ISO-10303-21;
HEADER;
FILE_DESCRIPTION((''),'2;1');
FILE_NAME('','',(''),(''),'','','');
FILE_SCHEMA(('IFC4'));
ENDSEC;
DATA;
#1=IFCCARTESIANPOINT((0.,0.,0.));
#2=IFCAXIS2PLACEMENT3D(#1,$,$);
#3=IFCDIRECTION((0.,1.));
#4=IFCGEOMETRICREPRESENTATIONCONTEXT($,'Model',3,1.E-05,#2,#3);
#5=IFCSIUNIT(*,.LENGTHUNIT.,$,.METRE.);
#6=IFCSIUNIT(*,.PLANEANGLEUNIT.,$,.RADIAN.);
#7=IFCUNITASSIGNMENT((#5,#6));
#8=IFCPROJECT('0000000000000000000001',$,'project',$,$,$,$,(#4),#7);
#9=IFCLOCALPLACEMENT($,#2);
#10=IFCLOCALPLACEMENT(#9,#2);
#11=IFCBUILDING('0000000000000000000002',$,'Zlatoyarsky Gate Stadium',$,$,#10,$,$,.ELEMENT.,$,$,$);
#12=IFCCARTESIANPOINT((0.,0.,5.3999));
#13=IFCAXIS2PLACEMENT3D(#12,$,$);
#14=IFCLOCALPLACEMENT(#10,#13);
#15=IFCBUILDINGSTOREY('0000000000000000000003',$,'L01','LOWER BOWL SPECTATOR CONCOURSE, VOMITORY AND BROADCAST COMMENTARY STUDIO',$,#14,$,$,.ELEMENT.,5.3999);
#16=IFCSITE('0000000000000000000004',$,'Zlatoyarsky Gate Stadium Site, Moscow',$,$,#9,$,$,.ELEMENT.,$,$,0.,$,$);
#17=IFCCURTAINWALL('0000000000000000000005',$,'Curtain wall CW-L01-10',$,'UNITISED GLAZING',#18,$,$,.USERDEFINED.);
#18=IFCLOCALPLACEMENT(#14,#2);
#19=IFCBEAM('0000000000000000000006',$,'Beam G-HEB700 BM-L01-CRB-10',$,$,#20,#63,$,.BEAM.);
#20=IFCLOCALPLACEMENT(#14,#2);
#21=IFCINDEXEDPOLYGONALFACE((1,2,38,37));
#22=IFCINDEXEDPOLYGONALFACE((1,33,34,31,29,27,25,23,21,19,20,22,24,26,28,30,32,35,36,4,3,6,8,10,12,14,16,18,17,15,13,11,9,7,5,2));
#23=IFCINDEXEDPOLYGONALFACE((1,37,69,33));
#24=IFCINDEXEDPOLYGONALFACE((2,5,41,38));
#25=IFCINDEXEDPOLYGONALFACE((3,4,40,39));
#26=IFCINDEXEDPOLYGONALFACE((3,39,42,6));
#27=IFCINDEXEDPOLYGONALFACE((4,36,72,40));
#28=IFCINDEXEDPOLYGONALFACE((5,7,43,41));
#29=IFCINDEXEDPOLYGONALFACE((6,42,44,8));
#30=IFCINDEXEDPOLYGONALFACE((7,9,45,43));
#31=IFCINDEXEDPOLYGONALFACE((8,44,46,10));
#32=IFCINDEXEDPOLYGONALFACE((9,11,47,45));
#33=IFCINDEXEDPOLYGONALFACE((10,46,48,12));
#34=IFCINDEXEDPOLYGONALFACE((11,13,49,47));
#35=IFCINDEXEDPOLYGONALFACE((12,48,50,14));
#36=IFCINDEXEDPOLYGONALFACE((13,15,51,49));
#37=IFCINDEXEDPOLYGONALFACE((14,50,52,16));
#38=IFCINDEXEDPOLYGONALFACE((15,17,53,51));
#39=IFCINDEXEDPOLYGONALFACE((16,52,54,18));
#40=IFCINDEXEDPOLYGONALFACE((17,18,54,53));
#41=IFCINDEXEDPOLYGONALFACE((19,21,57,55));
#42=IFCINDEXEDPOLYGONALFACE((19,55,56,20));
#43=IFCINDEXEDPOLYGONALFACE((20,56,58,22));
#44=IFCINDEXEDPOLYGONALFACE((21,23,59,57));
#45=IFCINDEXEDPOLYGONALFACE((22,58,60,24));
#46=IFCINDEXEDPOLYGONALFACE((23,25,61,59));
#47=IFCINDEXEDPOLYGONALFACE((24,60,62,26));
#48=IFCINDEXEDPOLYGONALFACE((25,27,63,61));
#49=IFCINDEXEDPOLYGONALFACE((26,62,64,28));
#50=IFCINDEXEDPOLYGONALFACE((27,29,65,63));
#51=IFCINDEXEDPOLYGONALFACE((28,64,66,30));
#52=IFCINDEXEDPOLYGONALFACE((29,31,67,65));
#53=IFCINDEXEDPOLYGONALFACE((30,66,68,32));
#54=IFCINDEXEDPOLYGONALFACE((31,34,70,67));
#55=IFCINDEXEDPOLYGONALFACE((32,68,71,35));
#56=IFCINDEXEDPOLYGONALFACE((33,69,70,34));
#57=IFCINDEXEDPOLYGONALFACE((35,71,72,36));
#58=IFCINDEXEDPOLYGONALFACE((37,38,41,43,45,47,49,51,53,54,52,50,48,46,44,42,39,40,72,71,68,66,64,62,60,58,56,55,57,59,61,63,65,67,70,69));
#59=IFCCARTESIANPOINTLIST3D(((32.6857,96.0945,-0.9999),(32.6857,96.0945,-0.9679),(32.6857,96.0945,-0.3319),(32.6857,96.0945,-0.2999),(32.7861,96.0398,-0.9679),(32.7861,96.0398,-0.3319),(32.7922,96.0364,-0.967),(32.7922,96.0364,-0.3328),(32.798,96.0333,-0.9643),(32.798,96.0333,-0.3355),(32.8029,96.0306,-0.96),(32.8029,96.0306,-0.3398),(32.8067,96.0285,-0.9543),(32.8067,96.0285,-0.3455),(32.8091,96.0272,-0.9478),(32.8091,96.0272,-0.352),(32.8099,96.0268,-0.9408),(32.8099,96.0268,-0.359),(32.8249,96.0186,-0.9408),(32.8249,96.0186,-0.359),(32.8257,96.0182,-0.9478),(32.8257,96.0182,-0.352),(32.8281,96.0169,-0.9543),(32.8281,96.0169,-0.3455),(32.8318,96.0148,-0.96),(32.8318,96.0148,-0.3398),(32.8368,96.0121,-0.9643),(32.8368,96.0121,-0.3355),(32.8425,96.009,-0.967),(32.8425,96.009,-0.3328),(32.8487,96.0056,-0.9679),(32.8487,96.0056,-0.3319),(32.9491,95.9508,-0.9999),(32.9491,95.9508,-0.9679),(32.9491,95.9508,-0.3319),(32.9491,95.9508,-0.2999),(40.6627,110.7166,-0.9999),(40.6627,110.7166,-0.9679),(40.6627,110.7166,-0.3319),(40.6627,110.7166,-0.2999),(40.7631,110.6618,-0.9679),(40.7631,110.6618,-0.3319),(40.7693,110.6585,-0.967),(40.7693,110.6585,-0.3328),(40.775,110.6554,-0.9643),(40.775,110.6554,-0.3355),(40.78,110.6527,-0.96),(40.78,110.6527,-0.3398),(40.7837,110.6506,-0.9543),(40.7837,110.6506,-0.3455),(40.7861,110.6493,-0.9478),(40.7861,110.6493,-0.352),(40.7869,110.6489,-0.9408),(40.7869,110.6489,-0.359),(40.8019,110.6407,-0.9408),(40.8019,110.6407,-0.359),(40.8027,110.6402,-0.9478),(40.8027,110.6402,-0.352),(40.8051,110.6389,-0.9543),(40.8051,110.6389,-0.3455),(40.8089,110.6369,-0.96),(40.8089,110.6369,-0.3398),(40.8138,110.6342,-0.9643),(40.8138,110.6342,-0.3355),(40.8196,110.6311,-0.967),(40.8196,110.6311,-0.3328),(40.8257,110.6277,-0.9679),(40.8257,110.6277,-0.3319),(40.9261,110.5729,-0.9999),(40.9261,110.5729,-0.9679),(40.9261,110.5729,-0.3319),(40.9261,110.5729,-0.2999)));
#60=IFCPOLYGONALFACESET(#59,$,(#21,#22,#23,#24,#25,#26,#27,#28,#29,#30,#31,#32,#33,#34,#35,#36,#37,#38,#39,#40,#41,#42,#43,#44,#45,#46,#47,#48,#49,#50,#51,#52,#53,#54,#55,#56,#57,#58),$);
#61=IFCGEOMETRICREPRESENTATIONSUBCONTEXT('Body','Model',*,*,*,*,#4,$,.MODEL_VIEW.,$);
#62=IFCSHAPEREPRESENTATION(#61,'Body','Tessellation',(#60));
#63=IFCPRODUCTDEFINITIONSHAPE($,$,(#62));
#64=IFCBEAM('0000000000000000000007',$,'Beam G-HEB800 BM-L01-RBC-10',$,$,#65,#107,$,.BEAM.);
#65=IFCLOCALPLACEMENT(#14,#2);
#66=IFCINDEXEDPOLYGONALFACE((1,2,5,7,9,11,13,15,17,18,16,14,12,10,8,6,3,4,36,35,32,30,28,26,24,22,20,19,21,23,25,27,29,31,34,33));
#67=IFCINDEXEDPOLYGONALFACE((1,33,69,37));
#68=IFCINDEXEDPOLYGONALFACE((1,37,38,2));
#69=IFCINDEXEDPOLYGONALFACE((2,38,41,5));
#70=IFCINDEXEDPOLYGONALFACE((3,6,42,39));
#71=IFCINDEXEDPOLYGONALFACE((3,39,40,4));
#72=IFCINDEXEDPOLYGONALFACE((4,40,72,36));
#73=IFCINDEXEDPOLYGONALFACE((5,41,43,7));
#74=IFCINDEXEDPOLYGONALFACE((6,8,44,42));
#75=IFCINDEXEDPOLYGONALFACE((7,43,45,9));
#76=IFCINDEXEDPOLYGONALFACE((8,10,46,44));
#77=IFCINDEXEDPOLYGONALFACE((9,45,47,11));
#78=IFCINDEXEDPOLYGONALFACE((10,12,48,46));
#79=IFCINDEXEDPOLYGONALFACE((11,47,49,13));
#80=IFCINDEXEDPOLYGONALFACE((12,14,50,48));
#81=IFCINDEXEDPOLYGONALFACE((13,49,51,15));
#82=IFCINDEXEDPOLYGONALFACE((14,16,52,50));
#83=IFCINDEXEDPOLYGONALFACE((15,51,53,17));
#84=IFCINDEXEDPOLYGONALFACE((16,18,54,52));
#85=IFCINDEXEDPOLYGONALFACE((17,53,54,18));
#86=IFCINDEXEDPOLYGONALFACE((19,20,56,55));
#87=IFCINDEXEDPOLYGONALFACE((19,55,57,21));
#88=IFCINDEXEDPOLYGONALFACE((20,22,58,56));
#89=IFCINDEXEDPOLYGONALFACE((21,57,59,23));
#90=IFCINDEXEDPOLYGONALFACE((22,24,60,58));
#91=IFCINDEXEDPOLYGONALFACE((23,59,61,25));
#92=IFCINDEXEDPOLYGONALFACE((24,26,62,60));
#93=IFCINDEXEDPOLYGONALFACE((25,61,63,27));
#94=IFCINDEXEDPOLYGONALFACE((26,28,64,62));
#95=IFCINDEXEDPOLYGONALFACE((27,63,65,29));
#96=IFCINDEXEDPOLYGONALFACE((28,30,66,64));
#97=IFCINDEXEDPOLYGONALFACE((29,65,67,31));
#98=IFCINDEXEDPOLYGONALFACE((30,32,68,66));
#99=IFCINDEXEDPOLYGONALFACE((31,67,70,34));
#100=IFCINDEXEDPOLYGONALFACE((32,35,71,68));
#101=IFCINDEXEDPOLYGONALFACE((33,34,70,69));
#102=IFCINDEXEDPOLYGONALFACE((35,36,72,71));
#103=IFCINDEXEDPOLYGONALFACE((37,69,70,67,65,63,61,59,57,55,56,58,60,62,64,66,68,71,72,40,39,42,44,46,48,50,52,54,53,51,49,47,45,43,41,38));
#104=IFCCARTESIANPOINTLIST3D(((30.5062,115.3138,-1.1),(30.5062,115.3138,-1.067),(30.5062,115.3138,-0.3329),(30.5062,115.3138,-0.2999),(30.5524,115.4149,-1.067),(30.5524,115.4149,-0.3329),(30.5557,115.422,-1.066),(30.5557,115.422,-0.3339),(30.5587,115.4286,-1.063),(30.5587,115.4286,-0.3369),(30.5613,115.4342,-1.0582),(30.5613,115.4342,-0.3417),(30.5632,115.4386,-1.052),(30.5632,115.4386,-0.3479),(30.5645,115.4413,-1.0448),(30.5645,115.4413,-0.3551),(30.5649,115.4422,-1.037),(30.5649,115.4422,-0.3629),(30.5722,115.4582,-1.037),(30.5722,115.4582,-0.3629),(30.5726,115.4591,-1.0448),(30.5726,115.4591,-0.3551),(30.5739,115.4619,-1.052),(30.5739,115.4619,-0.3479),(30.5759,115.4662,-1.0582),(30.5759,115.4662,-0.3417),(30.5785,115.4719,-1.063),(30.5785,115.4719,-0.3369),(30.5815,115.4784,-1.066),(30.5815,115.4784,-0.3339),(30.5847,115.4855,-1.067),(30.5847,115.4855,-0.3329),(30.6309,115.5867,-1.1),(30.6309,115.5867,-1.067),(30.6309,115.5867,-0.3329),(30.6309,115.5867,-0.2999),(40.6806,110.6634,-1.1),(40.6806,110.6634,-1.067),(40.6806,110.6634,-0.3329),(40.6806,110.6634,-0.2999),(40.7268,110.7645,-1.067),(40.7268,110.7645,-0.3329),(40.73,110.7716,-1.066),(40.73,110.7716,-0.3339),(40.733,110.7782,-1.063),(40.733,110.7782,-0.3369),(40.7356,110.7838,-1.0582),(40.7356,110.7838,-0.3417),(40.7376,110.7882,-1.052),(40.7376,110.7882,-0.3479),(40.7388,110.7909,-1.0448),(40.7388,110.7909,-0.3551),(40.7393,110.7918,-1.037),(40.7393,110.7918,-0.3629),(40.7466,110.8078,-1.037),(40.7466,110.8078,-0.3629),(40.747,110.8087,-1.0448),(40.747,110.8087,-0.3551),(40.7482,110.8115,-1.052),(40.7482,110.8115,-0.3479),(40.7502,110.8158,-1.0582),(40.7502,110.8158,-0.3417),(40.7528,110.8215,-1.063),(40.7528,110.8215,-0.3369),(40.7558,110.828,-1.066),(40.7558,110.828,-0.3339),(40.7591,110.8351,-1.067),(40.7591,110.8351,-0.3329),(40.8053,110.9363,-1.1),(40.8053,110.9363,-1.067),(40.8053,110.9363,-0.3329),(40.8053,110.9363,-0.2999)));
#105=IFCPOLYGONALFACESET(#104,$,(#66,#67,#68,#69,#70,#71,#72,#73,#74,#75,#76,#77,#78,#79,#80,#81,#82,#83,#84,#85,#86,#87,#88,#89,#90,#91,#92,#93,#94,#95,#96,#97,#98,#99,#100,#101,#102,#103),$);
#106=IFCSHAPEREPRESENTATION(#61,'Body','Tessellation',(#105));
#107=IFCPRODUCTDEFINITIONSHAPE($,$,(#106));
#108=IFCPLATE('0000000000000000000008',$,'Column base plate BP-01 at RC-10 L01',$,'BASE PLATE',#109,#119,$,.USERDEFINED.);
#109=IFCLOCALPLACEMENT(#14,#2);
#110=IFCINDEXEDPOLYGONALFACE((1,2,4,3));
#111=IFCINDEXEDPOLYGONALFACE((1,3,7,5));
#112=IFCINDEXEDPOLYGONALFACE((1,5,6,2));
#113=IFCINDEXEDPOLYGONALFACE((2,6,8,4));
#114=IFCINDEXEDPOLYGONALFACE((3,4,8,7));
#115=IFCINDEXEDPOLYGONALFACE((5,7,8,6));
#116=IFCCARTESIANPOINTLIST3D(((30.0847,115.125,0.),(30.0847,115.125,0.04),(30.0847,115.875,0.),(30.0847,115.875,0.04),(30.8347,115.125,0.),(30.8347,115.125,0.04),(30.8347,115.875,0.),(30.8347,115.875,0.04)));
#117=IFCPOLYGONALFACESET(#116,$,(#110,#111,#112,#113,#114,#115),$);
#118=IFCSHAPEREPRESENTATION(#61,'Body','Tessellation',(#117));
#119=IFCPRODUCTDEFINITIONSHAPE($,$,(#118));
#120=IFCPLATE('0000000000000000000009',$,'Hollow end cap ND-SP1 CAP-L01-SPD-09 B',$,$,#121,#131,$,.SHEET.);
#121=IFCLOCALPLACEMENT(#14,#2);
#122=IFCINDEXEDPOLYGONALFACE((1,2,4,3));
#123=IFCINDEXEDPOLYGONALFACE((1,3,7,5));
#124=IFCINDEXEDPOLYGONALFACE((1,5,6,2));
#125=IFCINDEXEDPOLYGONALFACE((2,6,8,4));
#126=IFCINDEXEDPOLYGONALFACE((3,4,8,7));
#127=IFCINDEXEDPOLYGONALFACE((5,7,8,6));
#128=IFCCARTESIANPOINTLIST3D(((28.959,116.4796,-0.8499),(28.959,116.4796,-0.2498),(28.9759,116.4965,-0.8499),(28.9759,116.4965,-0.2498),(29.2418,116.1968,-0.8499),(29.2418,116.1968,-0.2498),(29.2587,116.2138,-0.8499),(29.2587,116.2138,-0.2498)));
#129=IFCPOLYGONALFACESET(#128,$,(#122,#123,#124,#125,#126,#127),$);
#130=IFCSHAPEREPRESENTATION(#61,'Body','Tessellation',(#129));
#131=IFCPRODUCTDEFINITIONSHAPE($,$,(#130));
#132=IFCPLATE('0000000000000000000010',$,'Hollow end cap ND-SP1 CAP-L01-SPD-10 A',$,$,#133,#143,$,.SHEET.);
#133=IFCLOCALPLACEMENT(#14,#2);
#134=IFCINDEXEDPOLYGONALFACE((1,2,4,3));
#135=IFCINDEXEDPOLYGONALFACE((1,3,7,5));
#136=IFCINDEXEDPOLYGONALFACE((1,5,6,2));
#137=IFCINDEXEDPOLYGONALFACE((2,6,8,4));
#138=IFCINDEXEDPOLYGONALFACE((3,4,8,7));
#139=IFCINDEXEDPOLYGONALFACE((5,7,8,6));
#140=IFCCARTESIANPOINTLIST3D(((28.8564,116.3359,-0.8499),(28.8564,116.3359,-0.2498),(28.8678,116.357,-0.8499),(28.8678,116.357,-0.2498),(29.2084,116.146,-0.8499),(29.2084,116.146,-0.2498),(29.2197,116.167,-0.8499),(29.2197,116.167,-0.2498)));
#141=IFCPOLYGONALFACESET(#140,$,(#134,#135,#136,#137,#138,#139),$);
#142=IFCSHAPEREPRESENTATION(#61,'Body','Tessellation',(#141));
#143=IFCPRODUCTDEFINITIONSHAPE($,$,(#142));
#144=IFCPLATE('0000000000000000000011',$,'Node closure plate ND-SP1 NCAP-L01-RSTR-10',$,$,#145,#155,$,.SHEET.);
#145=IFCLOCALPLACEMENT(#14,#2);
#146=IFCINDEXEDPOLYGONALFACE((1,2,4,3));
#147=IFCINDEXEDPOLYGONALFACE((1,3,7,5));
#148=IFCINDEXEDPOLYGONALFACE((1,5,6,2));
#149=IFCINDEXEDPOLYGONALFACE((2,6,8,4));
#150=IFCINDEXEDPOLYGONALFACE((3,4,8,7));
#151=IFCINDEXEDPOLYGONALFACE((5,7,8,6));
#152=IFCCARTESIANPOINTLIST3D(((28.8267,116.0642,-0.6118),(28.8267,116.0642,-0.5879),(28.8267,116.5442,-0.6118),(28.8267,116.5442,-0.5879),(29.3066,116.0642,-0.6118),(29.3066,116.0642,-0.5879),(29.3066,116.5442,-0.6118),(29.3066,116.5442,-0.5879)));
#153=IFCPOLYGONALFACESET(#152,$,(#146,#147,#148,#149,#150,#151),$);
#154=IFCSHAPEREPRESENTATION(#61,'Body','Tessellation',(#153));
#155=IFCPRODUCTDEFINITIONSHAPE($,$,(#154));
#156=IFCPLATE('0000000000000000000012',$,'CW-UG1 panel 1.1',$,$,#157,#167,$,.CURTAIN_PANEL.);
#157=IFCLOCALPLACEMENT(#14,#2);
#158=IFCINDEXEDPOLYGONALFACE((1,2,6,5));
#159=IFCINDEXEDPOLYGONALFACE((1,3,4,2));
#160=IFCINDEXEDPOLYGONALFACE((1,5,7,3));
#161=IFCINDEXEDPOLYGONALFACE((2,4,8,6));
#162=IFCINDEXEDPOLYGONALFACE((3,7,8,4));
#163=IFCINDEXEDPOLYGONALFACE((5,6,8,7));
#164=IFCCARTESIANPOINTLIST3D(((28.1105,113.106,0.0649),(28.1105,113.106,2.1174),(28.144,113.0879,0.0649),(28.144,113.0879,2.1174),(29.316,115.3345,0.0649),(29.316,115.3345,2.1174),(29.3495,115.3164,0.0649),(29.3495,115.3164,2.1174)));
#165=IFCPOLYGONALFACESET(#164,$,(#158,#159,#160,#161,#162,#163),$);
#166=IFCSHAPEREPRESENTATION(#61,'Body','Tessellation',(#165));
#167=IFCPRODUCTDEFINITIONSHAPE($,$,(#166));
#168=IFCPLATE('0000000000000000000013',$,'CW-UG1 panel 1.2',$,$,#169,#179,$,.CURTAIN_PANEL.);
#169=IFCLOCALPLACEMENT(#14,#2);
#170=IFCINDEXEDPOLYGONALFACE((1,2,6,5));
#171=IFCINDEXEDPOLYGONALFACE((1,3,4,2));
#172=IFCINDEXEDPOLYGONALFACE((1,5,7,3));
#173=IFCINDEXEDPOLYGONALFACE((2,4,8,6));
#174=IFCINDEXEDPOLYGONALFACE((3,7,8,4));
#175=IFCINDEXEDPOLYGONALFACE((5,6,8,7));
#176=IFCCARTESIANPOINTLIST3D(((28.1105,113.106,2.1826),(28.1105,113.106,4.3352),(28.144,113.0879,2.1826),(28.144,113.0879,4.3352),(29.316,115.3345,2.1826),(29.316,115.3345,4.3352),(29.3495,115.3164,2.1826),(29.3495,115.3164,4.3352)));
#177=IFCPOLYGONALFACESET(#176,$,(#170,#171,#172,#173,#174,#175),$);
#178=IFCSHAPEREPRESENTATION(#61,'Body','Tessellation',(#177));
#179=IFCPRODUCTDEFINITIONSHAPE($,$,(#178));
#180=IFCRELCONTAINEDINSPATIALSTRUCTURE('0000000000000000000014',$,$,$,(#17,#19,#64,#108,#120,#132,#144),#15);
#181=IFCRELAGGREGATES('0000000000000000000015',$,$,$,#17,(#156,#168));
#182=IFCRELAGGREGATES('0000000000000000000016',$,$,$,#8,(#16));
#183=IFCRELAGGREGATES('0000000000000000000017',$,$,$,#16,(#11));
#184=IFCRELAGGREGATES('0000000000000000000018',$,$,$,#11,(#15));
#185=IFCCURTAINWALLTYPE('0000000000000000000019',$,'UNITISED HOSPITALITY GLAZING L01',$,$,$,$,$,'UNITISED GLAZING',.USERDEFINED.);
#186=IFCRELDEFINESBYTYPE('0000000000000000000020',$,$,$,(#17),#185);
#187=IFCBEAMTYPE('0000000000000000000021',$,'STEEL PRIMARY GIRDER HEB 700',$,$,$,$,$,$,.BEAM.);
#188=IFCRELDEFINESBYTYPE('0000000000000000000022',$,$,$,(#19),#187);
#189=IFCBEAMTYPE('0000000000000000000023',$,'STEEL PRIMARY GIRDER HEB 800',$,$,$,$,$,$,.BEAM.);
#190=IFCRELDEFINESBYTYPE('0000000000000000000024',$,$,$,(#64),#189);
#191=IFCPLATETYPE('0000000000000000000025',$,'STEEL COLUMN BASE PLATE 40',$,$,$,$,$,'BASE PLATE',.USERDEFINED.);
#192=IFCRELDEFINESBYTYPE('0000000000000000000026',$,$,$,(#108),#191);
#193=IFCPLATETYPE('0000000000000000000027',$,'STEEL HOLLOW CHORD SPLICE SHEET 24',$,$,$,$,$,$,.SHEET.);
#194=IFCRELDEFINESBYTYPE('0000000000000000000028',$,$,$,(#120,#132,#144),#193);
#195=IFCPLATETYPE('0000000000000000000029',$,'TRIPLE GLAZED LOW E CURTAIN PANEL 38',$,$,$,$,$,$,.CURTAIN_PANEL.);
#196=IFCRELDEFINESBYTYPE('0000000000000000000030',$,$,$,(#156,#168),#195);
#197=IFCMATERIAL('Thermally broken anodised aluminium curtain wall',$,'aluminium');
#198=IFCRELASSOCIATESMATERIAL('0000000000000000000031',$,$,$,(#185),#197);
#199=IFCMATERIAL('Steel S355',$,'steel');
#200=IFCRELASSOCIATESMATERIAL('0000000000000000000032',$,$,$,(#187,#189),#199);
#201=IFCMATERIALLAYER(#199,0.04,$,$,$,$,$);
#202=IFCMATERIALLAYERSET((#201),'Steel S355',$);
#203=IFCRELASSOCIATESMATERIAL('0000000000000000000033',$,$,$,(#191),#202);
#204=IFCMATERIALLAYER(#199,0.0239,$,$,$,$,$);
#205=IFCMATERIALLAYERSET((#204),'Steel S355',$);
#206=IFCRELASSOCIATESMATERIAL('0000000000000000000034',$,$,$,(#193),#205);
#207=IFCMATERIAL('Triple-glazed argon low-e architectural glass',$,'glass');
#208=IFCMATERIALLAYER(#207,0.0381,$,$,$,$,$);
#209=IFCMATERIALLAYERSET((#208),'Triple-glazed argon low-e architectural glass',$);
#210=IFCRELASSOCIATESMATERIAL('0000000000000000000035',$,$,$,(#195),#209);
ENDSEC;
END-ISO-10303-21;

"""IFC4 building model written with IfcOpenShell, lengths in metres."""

from ifc_helpers import new_model, si_unit, direction, frame, origin, origin_2d, place, context, subcontext, project, spatial, rectangle, i_section, extrude, material, layer, layer_set, material_profile, profile_set, type_object, element, aggregate, save


model = new_model("IFC4")

# Units and contexts
model_context = context("Model", 3, precision=1e-05, world=origin(), true_north=direction((0.0, 1.0)))
body_context = subcontext(model_context, "Body", "Model", "MODEL_VIEW")
ifc_project = project(units=[si_unit("LENGTHUNIT", "METRE"), si_unit("PLANEANGLEUNIT", "RADIAN")], contexts=[model_context])

# Site, building, storey
site_placement = place(None, origin())
site = spatial("IfcSite", under=ifc_project, at=site_placement, Name="Zlatoyarsky Gate Stadium Site, Moscow", CompositionType="ELEMENT", RefElevation=0.0)
building_placement = place(site_placement, origin())
building = spatial("IfcBuilding", under=site, at=building_placement, Name="Zlatoyarsky Gate Stadium", CompositionType="ELEMENT")
storey_placement = place(building_placement, frame((0.0, 0.0, 5.3999)))
storey = spatial("IfcBuildingStorey", under=building, at=storey_placement, Name="L01", Description="LOWER BOWL SPECTATOR CONCOURSE, VOMITORY AND BROADCAST COMMENTARY STUDIO", CompositionType="ELEMENT", Elevation=5.3999)

# Shared definitions
ifc_material_1 = material(Name="Steel S355", Category="steel")

# Shared definitions
ifc_material_2 = material(Name="Thermally broken anodised aluminium curtain wall", Category="aluminium")
curtain_wall_type = type_object("IfcCurtainWallType", Name="UNITISED HOSPITALITY GLAZING L01", ElementType="UNITISED GLAZING", PredefinedType="USERDEFINED", material=ifc_material_2)

# Curtain wall
curtain_wall_1_placement = place(storey_placement, origin())
curtain_wall_1 = element("IfcCurtainWall", 1, at=curtain_wall_1_placement, inside=storey, type_object=curtain_wall_type, Name="Curtain wall CW-L01-10", ObjectType="UNITISED GLAZING", PredefinedType="USERDEFINED")

# Beams
ifc_material_profile_1 = material_profile(ifc_material_1, i_section(OverallWidth=0.3, OverallDepth=0.7, WebThickness=0.0171, FlangeThickness=0.032, FilletRadius=0.0271, at=origin_2d()), Name="HEB 700")
ifc_profile_set_1 = profile_set([ifc_material_profile_1], Name="Steel S355")
beam_type_1 = type_object("IfcBeamType", Name="STEEL PRIMARY GIRDER HEB 700", PredefinedType="BEAM", material=ifc_profile_set_1)
beam_1_placement = place(storey_placement, frame((40.7944, 110.6448, -0.6499), z_axis=(-0.478916, -0.877861, 0.0), x_axis=(0.877861, -0.478916, 0.0)))
element("IfcBeam", 2, at=beam_1_placement, inside=storey, type_object=beam_type_1, Name="Beam G-HEB700 BM-L01-CRB-10", PredefinedType="BEAM", context=body_context, shape_type="SweptSolid", body=[
    extrude(i_section(OverallWidth=0.3, OverallDepth=0.7, WebThickness=0.0171, FlangeThickness=0.032, FilletRadius=0.0271, at=origin_2d()), origin(), (0.0, 0.0, 1.0), 16.6565),
])
ifc_material_profile_2 = material_profile(ifc_material_1, i_section(OverallWidth=0.3, OverallDepth=0.8, WebThickness=0.0176, FlangeThickness=0.033, FilletRadius=0.03, at=origin_2d()), Name="HEB 800")
ifc_profile_set_2 = profile_set([ifc_material_profile_2], Name="Steel S355")
beam_type_2 = type_object("IfcBeamType", Name="STEEL PRIMARY GIRDER HEB 800", PredefinedType="BEAM", material=ifc_profile_set_2)
beam_2_placement = place(storey_placement, frame((40.7429, 110.7998, -0.7), z_axis=(-0.909499, 0.415706, 0.0), x_axis=(-0.415706, -0.909499, 0.0)))
element("IfcBeam", 3, at=beam_2_placement, inside=storey, type_object=beam_type_2, Name="Beam G-HEB800 BM-L01-RBC-10", PredefinedType="BEAM", context=body_context, shape_type="SweptSolid", body=[
    extrude(i_section(OverallWidth=0.3, OverallDepth=0.8, WebThickness=0.0176, FlangeThickness=0.033, FilletRadius=0.03, at=origin_2d()), origin(), (0.0, 0.0, 1.0), 11.1868),
])

# Plates
ifc_layer_1 = layer(ifc_material_1, 0.04)
ifc_layer_set_1 = layer_set([ifc_layer_1], Name="Steel S355")
plate_type_1 = type_object("IfcPlateType", Name="STEEL COLUMN BASE PLATE 40", ElementType="BASE PLATE", PredefinedType="USERDEFINED", material=ifc_layer_set_1)
plate_1_placement = place(storey_placement, frame((30.4597, 115.5, 0.0), z_axis=(0.0, 0.0, 1.0), x_axis=(1.0, 0.0, 0.0)))
element("IfcPlate", 4, at=plate_1_placement, inside=storey, type_object=plate_type_1, Name="Column base plate BP-01 at RC-10 L01", ObjectType="BASE PLATE", PredefinedType="USERDEFINED", context=body_context, shape_type="SweptSolid", body=[
    extrude(rectangle(XDim=0.75, YDim=0.75, at=origin_2d()), origin(), (0.0, 0.0, 1.0), 0.04),
])
ifc_layer_2 = layer(ifc_material_1, 0.0239)
ifc_layer_set_2 = layer_set([ifc_layer_2], Name="Steel S355")
plate_type_2 = type_object("IfcPlateType", Name="STEEL HOLLOW CHORD SPLICE SHEET 24", PredefinedType="SHEET", material=ifc_layer_set_2)
for number, where, z_axis, x_axis, name in (
    (5, (29.1089, 116.3467, -0.8499), (0.0, 0.0, 1.0), (-0.707043, -0.70717, 0.0), "Hollow end cap ND-SP1 CAP-L01-SPD-09 B"),
    (6, (29.0381, 116.2515, -0.8499), (0.0, 0.0, 1.0), (-0.474958, -0.880009, 0.0), "Hollow end cap ND-SP1 CAP-L01-SPD-10 A"),
):
    element("IfcPlate", number, at=place(storey_placement, frame(where, z_axis=z_axis, x_axis=x_axis)), inside=storey, type_object=plate_type_2, Name=name, PredefinedType="SHEET", context=body_context, shape_type="SweptSolid", body=[
        extrude(rectangle(XDim=0.0239, YDim=0.3999, at=origin_2d()), origin(), (0.0, 0.0, 1.0), 0.6001),
    ])
plate_2_placement = place(storey_placement, frame((29.0667, 116.3042, -0.6118), z_axis=(0.0, 0.0, 1.0), x_axis=(1.0, 0.0, 0.0)))
element("IfcPlate", 7, at=plate_2_placement, inside=storey, type_object=plate_type_2, Name="Node closure plate ND-SP1 NCAP-L01-RSTR-10", PredefinedType="SHEET", context=body_context, shape_type="SweptSolid", body=[
    extrude(rectangle(XDim=0.48, YDim=0.48, at=origin_2d()), origin(), (0.0, 0.0, 1.0), 0.0239),
])

# Plates
ifc_material_3 = material(Name="Triple-glazed argon low-e architectural glass", Category="glass")
ifc_layer_3 = layer(ifc_material_3, 0.0381)
ifc_layer_set_3 = layer_set([ifc_layer_3], Name="Triple-glazed argon low-e architectural glass")
plate_type_3 = type_object("IfcPlateType", Name="TRIPLE GLAZED LOW E CURTAIN PANEL 38", PredefinedType="CURTAIN_PANEL", material=ifc_layer_set_3)
plate_3_placement = place(storey_placement, frame((28.73, 114.2112, 0.0649), z_axis=(0.0, 0.0, 1.0), x_axis=(-0.475784, -0.879562, 0.0)))
plate_3 = element("IfcPlate", 8, at=plate_3_placement, type_object=plate_type_3, Name="CW-UG1 panel 1.1", PredefinedType="CURTAIN_PANEL", context=body_context, shape_type="SweptSolid", body=[
    extrude(rectangle(XDim=2.5337, YDim=0.0381, at=origin_2d()), origin(), (0.0, 0.0, 1.0), 2.0525),
])
plate_4_placement = place(storey_placement, frame((28.73, 114.2112, 2.1826), z_axis=(0.0, 0.0, 1.0), x_axis=(-0.475784, -0.879562, 0.0)))
plate_4 = element("IfcPlate", 9, at=plate_4_placement, type_object=plate_type_3, Name="CW-UG1 panel 1.2", PredefinedType="CURTAIN_PANEL", context=body_context, shape_type="SweptSolid", body=[
    extrude(rectangle(XDim=2.5337, YDim=0.0381, at=origin_2d()), origin(), (0.0, 0.0, 1.0), 2.1526),
])
aggregate(curtain_wall_1, [plate_3, plate_4])

save(model, "model.ifc")
